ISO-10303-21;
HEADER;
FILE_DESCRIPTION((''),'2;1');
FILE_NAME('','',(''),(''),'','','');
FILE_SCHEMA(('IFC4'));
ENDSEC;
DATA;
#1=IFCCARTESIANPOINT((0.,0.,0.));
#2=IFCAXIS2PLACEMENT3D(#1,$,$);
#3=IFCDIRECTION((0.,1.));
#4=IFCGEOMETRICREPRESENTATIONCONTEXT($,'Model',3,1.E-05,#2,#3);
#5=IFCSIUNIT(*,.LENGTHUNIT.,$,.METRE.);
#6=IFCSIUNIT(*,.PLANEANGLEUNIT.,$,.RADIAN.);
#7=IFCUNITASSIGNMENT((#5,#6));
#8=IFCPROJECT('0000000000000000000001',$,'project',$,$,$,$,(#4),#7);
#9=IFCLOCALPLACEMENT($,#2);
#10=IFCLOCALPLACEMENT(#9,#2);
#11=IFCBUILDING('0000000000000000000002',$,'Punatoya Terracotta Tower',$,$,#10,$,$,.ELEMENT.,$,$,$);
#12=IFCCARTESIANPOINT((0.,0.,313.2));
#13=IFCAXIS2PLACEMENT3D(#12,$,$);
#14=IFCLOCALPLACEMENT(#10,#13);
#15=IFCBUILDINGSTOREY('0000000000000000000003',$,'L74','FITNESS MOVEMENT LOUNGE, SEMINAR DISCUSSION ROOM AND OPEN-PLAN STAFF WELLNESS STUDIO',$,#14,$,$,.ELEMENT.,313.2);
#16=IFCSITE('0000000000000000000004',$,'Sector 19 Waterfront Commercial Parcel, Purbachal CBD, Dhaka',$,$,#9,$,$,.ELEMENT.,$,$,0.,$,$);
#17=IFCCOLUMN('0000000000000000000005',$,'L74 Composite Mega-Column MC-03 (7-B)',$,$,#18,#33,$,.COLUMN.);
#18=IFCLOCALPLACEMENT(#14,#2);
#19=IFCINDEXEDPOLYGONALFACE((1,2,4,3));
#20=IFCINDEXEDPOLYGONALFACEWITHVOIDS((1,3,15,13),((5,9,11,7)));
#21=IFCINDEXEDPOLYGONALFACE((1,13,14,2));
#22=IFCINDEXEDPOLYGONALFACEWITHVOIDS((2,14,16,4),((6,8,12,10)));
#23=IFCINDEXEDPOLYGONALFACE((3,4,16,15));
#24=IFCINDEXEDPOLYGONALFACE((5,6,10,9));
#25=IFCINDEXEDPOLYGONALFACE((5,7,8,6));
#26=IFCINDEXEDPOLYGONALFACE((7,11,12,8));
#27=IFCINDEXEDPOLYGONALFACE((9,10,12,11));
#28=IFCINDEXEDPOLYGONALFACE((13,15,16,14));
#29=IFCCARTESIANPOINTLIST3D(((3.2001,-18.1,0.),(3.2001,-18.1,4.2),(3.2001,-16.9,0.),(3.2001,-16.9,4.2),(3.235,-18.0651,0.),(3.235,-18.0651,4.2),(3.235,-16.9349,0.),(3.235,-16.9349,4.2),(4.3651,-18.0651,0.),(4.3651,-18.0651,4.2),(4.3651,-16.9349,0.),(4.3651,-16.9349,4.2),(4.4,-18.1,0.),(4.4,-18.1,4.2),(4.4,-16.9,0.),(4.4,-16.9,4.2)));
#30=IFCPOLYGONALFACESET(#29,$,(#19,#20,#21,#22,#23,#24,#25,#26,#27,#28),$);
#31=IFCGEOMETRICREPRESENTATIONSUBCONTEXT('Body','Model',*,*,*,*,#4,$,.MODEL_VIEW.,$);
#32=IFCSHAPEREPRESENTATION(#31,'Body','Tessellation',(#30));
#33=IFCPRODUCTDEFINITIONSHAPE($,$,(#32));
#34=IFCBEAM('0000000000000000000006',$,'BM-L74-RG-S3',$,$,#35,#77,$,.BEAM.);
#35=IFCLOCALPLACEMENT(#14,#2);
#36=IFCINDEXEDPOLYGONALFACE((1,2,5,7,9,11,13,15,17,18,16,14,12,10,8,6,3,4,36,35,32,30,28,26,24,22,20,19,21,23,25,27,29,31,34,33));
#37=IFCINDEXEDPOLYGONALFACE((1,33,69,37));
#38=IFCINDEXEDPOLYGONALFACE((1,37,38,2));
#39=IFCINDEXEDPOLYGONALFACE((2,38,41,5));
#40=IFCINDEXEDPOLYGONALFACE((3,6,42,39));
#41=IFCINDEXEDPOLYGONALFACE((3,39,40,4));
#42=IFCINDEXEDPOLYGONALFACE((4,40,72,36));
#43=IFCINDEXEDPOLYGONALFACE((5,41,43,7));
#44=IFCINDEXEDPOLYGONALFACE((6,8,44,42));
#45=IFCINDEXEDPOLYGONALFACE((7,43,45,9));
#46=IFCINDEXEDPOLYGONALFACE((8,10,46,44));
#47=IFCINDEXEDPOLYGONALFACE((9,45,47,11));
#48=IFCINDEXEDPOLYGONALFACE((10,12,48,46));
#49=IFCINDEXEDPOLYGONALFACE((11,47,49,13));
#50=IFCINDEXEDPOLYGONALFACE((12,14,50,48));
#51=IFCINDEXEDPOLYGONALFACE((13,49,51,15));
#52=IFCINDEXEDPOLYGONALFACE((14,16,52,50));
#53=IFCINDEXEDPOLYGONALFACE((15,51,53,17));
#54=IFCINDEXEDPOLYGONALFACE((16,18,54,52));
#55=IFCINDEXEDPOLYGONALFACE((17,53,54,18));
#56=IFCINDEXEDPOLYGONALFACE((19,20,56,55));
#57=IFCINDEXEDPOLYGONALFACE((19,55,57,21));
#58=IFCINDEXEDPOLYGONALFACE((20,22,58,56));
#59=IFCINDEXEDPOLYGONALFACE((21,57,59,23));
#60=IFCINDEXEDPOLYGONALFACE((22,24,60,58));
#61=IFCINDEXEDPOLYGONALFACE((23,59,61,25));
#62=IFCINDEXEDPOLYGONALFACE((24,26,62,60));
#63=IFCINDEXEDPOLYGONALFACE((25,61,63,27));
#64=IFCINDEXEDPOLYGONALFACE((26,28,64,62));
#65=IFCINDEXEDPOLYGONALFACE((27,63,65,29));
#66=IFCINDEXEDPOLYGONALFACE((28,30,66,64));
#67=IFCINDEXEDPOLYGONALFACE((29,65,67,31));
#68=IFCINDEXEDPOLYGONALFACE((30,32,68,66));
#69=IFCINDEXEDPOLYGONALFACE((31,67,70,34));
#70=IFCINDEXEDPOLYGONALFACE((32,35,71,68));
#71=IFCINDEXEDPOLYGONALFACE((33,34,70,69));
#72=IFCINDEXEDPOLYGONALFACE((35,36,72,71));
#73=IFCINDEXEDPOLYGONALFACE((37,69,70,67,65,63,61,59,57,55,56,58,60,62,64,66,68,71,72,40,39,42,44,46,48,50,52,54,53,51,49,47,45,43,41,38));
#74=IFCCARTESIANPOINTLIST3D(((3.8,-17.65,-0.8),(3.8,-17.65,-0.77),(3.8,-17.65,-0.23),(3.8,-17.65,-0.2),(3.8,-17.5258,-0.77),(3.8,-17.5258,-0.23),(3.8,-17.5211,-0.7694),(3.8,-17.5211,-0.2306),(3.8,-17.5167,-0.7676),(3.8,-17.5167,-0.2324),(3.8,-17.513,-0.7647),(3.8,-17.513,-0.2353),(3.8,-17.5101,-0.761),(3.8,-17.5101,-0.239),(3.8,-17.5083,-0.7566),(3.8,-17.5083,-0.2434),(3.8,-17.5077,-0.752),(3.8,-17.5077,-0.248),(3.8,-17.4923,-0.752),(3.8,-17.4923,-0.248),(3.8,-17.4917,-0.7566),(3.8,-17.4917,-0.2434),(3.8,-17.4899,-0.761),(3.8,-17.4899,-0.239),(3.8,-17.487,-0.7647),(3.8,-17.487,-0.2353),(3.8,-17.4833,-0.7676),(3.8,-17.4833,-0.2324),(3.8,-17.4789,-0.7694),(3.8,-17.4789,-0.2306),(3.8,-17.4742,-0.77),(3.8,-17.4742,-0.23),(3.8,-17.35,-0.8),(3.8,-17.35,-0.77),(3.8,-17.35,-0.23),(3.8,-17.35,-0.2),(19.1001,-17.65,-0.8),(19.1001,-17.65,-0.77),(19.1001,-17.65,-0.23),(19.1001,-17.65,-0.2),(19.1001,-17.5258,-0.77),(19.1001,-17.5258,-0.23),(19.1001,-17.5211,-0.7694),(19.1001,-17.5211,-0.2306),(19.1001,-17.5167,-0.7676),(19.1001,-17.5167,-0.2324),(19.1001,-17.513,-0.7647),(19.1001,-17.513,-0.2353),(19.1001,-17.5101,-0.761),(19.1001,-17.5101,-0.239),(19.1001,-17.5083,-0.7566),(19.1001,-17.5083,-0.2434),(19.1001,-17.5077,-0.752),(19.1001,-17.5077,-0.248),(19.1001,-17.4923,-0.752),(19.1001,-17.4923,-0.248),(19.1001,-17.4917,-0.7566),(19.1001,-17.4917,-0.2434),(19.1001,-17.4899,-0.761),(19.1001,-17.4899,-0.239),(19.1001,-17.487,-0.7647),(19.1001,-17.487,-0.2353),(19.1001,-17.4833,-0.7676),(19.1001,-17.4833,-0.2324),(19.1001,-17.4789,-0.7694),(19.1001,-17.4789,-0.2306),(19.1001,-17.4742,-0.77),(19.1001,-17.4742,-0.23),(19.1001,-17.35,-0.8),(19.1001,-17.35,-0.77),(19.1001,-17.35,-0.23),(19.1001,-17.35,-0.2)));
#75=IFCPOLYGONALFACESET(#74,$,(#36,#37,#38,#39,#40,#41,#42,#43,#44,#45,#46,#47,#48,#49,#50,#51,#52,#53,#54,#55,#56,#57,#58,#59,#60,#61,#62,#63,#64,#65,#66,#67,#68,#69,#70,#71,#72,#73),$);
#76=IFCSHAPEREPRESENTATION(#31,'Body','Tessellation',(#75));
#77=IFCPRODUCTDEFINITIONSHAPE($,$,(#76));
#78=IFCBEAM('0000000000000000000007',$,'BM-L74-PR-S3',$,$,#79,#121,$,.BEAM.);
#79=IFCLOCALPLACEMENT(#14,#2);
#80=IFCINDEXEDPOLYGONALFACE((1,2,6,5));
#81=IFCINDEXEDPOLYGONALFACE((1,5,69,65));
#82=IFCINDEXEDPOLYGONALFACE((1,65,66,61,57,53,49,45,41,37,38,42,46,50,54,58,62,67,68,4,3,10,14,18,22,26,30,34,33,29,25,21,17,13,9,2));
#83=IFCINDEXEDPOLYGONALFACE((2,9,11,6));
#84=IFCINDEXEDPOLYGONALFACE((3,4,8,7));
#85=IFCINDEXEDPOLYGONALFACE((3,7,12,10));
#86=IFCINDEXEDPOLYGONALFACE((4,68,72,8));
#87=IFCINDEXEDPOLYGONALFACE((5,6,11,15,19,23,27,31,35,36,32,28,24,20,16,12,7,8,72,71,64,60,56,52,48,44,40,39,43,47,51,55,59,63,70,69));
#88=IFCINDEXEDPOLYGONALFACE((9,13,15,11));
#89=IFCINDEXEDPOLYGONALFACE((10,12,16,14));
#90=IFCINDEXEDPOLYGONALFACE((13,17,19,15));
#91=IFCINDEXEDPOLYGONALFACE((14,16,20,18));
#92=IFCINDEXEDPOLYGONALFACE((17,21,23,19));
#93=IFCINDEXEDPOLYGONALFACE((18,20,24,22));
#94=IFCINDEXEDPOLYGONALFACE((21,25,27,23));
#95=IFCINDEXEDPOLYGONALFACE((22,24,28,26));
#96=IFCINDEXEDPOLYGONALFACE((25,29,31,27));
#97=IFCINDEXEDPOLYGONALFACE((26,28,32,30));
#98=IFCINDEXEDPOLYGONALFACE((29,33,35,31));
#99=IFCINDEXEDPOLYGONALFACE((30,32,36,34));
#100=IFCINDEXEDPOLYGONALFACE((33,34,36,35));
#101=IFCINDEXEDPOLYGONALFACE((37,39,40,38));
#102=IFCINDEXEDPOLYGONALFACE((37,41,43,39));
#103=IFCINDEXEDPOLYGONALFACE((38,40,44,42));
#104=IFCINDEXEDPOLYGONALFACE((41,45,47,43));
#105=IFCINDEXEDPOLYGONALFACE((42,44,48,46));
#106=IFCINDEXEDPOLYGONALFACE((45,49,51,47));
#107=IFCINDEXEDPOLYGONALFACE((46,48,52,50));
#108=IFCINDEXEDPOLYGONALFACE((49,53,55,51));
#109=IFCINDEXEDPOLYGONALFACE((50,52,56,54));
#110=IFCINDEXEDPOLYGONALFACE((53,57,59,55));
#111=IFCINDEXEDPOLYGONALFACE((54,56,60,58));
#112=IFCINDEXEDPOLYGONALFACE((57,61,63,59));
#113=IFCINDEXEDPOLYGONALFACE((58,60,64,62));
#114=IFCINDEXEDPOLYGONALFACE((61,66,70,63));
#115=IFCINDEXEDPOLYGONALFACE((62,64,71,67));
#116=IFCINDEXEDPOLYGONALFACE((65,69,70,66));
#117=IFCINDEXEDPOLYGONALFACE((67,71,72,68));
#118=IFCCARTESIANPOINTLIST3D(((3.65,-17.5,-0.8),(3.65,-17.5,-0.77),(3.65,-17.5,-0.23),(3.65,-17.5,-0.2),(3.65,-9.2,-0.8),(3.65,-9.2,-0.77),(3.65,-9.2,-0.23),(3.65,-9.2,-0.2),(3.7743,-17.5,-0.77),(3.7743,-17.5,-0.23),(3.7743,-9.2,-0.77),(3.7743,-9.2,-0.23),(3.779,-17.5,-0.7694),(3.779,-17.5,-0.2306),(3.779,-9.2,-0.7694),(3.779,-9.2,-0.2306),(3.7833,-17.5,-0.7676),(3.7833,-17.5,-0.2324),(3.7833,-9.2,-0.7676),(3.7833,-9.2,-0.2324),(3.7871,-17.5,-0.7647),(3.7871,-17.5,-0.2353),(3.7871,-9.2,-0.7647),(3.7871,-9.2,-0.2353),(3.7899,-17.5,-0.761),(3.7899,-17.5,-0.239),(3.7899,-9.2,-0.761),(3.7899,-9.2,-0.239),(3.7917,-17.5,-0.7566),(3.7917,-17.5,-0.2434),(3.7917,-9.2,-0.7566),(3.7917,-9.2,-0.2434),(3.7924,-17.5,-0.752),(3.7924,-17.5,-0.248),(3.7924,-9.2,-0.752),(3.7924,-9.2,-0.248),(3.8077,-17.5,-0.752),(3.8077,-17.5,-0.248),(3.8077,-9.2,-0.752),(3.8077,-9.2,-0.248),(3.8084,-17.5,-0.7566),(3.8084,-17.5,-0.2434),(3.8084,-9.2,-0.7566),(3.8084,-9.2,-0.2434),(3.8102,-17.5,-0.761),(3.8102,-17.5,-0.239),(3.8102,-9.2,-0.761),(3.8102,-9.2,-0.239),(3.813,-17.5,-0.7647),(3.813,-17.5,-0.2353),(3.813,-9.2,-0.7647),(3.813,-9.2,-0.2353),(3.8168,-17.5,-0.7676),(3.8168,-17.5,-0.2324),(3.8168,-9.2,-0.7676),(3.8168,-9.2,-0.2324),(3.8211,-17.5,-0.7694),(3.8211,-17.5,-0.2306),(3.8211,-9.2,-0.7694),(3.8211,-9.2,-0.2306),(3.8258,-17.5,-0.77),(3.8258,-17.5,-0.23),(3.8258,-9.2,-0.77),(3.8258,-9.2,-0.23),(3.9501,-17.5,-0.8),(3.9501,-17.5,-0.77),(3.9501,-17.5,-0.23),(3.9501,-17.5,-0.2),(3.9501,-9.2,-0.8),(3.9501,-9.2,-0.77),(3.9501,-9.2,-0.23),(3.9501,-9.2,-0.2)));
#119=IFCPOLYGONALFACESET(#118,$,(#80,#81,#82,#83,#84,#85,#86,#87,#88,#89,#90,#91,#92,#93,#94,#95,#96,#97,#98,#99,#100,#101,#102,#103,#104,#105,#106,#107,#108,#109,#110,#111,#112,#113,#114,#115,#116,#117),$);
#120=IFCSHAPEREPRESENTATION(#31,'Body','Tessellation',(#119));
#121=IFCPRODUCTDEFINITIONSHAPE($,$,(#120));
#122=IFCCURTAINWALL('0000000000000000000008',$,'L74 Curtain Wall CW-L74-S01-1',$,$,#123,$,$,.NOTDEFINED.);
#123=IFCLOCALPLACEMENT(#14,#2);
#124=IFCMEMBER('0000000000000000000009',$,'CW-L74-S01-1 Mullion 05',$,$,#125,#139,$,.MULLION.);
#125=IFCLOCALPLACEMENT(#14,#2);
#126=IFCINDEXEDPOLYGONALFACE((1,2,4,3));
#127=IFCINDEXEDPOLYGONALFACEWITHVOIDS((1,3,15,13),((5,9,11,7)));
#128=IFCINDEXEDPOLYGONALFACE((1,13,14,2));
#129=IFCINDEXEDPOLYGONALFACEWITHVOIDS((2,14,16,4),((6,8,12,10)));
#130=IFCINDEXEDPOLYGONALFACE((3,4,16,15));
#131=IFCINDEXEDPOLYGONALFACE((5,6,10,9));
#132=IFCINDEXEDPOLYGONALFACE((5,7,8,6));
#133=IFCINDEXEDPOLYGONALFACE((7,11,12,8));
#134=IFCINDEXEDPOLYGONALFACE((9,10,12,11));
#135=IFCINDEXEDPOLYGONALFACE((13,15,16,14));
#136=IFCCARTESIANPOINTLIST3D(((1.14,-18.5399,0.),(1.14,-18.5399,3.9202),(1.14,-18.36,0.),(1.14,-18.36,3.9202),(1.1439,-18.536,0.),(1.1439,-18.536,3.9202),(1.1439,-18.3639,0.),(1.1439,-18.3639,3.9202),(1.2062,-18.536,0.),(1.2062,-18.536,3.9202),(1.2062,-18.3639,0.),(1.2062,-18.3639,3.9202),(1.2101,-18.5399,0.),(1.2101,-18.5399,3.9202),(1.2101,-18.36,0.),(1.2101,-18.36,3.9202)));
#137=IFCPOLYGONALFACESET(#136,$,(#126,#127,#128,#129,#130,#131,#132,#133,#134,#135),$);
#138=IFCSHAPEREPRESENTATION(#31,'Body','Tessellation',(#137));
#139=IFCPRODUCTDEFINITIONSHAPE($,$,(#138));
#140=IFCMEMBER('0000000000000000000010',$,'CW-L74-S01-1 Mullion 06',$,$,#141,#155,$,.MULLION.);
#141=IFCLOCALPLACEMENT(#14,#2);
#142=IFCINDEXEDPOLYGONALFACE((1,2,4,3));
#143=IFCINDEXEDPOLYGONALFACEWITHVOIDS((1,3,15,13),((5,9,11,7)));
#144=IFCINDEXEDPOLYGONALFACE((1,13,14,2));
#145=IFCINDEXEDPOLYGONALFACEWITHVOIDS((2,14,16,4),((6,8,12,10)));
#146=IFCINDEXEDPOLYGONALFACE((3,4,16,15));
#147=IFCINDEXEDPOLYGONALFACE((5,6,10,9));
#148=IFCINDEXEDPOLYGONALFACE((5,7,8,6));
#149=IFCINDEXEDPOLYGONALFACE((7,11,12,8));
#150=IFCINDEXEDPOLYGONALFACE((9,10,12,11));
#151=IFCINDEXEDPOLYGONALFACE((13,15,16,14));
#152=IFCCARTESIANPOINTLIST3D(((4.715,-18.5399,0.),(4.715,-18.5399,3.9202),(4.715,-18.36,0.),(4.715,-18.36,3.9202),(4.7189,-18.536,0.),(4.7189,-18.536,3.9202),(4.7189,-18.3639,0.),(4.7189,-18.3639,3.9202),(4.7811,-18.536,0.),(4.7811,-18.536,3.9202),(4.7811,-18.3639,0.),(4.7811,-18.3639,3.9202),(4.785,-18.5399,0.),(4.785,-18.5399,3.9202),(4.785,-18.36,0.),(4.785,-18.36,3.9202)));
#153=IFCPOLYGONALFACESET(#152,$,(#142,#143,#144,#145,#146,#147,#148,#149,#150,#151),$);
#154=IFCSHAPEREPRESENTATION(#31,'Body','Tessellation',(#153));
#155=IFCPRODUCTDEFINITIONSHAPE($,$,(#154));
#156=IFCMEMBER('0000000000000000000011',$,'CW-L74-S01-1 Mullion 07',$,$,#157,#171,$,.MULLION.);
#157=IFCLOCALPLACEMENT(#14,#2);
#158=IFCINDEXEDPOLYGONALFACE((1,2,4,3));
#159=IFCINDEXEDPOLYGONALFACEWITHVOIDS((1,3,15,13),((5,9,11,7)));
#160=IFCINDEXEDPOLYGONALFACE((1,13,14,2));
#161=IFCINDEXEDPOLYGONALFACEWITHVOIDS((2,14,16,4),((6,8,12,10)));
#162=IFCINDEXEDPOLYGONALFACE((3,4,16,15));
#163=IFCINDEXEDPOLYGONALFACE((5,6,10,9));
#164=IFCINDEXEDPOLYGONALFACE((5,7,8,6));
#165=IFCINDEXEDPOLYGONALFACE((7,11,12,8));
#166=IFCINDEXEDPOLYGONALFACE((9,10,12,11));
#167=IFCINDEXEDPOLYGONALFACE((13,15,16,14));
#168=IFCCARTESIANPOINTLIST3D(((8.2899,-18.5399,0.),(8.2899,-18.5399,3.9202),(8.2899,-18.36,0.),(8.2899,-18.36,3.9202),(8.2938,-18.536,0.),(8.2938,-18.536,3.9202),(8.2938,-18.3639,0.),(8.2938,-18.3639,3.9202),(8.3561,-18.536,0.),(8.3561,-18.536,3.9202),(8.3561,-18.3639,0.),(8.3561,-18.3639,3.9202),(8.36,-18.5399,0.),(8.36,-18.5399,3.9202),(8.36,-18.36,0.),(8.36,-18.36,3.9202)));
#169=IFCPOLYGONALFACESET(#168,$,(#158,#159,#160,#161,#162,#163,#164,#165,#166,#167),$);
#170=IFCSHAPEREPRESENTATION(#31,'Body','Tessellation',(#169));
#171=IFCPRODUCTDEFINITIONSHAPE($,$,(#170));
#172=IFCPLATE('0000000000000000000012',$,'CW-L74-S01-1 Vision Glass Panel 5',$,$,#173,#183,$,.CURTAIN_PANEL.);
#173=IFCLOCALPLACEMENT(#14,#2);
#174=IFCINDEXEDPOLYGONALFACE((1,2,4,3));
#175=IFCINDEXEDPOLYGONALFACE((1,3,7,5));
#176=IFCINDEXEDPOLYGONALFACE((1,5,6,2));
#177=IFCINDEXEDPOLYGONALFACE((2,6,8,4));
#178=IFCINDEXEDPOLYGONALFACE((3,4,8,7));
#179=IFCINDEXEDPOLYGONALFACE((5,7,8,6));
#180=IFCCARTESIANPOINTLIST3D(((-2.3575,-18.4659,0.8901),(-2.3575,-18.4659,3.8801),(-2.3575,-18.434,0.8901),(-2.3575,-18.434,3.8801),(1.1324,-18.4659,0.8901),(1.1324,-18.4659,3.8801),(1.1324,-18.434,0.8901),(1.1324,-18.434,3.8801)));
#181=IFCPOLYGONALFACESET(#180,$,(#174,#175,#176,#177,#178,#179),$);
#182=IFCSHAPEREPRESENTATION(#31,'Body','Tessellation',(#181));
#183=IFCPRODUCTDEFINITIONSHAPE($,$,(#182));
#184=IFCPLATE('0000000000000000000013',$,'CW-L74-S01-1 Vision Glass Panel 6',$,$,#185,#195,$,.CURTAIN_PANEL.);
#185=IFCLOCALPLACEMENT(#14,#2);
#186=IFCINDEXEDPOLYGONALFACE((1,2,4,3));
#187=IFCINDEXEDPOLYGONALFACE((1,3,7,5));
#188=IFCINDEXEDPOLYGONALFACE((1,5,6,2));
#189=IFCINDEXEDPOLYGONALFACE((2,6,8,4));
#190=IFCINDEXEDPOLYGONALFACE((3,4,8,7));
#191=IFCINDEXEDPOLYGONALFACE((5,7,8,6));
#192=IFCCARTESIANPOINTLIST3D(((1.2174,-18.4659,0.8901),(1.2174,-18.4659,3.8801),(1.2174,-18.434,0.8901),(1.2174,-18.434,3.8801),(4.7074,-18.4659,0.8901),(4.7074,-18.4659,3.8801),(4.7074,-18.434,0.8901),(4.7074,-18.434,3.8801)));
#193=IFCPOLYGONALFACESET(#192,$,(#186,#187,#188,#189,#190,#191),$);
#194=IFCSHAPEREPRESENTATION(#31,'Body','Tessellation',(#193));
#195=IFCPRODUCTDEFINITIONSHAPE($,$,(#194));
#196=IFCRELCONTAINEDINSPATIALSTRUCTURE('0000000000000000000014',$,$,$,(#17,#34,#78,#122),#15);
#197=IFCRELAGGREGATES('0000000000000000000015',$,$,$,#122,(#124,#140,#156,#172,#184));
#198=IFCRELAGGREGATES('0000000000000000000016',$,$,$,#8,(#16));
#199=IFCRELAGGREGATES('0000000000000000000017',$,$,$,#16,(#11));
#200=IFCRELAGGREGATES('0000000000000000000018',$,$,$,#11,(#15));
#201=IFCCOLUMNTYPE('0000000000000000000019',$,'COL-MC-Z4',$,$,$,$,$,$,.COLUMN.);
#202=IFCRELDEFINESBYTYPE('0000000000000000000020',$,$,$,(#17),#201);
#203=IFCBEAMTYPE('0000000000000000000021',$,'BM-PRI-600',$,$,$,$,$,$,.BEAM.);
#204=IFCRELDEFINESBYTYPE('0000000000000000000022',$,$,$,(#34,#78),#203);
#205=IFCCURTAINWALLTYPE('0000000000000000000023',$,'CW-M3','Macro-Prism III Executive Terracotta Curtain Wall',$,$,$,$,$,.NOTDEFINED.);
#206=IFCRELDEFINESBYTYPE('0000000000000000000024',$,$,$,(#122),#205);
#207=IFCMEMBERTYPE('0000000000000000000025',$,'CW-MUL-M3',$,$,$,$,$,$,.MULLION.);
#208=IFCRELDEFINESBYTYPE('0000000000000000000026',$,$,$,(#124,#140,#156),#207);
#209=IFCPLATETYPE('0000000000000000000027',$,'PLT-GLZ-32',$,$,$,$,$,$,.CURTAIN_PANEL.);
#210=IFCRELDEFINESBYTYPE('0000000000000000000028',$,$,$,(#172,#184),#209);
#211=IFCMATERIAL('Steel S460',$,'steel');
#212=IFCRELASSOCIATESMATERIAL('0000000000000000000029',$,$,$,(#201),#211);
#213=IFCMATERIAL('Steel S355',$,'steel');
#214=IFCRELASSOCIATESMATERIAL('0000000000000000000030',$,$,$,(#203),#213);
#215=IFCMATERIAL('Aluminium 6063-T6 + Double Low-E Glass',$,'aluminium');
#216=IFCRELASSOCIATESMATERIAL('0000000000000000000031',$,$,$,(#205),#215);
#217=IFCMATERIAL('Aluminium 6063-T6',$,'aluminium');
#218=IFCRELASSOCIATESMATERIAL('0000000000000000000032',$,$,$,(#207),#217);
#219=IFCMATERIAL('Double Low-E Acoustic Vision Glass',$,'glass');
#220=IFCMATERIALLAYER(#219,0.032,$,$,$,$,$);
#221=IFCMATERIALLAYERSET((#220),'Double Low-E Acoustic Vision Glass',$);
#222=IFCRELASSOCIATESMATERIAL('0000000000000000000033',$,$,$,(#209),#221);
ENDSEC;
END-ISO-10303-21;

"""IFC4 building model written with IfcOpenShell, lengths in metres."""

from ifc_helpers import new_model, si_unit, direction, frame, origin, origin_2d, place, context, subcontext, project, spatial, rectangle, hollow_rectangle, i_section, extrude, material, layer, layer_set, material_profile, profile_set, type_object, element, aggregate, save


model = new_model("IFC4")

# Units and contexts
model_context = context("Model", 3, precision=1e-05, world=origin(), true_north=direction((0.0, 1.0)))
body_context = subcontext(model_context, "Body", "Model", "MODEL_VIEW")
ifc_project = project(units=[si_unit("LENGTHUNIT", "METRE"), si_unit("PLANEANGLEUNIT", "RADIAN")], contexts=[model_context])

# Site, building, storey
site_placement = place(None, origin())
site = spatial("IfcSite", under=ifc_project, at=site_placement, Name="Sector 19 Waterfront Commercial Parcel, Purbachal CBD, Dhaka", CompositionType="ELEMENT", RefElevation=0.0)
building_placement = place(site_placement, origin())
building = spatial("IfcBuilding", under=site, at=building_placement, Name="Punatoya Terracotta Tower", CompositionType="ELEMENT")
storey_placement = place(building_placement, frame((0.0, 0.0, 313.2)))
storey = spatial("IfcBuildingStorey", under=building, at=storey_placement, Name="L74", Description="FITNESS MOVEMENT LOUNGE, SEMINAR DISCUSSION ROOM AND OPEN-PLAN STAFF WELLNESS STUDIO", CompositionType="ELEMENT", Elevation=313.2)

# Column
ifc_material_1 = material(Name="Steel S460", Category="steel")
ifc_material_profile_1 = material_profile(ifc_material_1, hollow_rectangle(XDim=1.2, YDim=1.2, WallThickness=0.0349, at=origin_2d()))
ifc_profile_set_1 = profile_set([ifc_material_profile_1], Name="Steel S460")
column_type = type_object("IfcColumnType", Name="COL-MC-Z4", PredefinedType="COLUMN", material=ifc_profile_set_1)
column_placement = place(storey_placement, frame((3.8, -17.5, 0.0), z_axis=(0.0, 0.0, 1.0), x_axis=(1.0, 0.0, 0.0)))
element("IfcColumn", 1, at=column_placement, inside=storey, type_object=column_type, Name="L74 Composite Mega-Column MC-03 (7-B)", PredefinedType="COLUMN", context=body_context, shape_type="SweptSolid", body=[
    extrude(hollow_rectangle(XDim=1.2, YDim=1.2, WallThickness=0.0349, at=origin_2d()), origin(), (0.0, 0.0, 1.0), 4.2),
])

# Beams
ifc_material_2 = material(Name="Steel S355", Category="steel")
ifc_material_profile_2 = material_profile(ifc_material_2, i_section(OverallWidth=0.3, OverallDepth=0.6001, WebThickness=0.0154, FlangeThickness=0.03, FilletRadius=0.0181, at=origin_2d()))
ifc_profile_set_2 = profile_set([ifc_material_profile_2], Name="Steel S355")
beam_type = type_object("IfcBeamType", Name="BM-PRI-600", PredefinedType="BEAM", material=ifc_profile_set_2)
beam_1_placement = place(storey_placement, frame((3.8, -17.5, -0.5), z_axis=(1.0, 0.0, 0.0), x_axis=(0.0, 1.0, 0.0)))
element("IfcBeam", 2, at=beam_1_placement, inside=storey, type_object=beam_type, Name="BM-L74-RG-S3", PredefinedType="BEAM", context=body_context, shape_type="SweptSolid", body=[
    extrude(i_section(OverallWidth=0.3, OverallDepth=0.6001, WebThickness=0.0154, FlangeThickness=0.03, FilletRadius=0.0181, at=origin_2d()), origin(), (0.0, 0.0, 1.0), 15.3),
])
beam_2_placement = place(storey_placement, frame((3.8, -17.5, -0.5), z_axis=(0.0, 1.0, 0.0), x_axis=(-1.0, 0.0, 0.0)))
element("IfcBeam", 3, at=beam_2_placement, inside=storey, type_object=beam_type, Name="BM-L74-PR-S3", PredefinedType="BEAM", context=body_context, shape_type="SweptSolid", body=[
    extrude(i_section(OverallWidth=0.3, OverallDepth=0.6001, WebThickness=0.0154, FlangeThickness=0.03, FilletRadius=0.0181, at=origin_2d()), origin(), (0.0, 0.0, 1.0), 8.3),
])

# Curtain wall, members, plates
ifc_material_3 = material(Name="Aluminium 6063-T6 + Double Low-E Glass", Category="aluminium")
curtain_wall_type = type_object("IfcCurtainWallType", Name="CW-M3", Description="Macro-Prism III Executive Terracotta Curtain Wall", PredefinedType="NOTDEFINED", material=ifc_material_3)
curtain_wall_placement = place(storey_placement, origin())
curtain_wall = element("IfcCurtainWall", 4, at=curtain_wall_placement, inside=storey, type_object=curtain_wall_type, Name="L74 Curtain Wall CW-L74-S01-1", PredefinedType="NOTDEFINED")
ifc_material_4 = material(Name="Aluminium 6063-T6", Category="aluminium")
ifc_material_profile_3 = material_profile(ifc_material_4, hollow_rectangle(XDim=0.0701, YDim=0.1799, WallThickness=0.0039, at=origin_2d()))
ifc_profile_set_3 = profile_set([ifc_material_profile_3], Name="Aluminium 6063-T6")
member_type = type_object("IfcMemberType", Name="CW-MUL-M3", PredefinedType="MULLION", material=ifc_profile_set_3)
member_1_placement = place(storey_placement, frame((1.175, -18.45, 0.0), z_axis=(0.0, 0.0, 1.0), x_axis=(1.0, 0.0, 0.0)))
member_1 = element("IfcMember", 5, at=member_1_placement, type_object=member_type, Name="CW-L74-S01-1 Mullion 05", PredefinedType="MULLION", context=body_context, shape_type="SweptSolid", body=[
    extrude(hollow_rectangle(XDim=0.0701, YDim=0.1799, WallThickness=0.0039, at=origin_2d()), origin(), (0.0, 0.0, 1.0), 3.9202),
])
member_2_placement = place(storey_placement, frame((4.75, -18.45, 0.0), z_axis=(0.0, 0.0, 1.0), x_axis=(1.0, 0.0, 0.0)))
member_2 = element("IfcMember", 6, at=member_2_placement, type_object=member_type, Name="CW-L74-S01-1 Mullion 06", PredefinedType="MULLION", context=body_context, shape_type="SweptSolid", body=[
    extrude(hollow_rectangle(XDim=0.0701, YDim=0.1799, WallThickness=0.0039, at=origin_2d()), origin(), (0.0, 0.0, 1.0), 3.9202),
])
member_3_placement = place(storey_placement, frame((8.325, -18.45, 0.0), z_axis=(0.0, 0.0, 1.0), x_axis=(1.0, 0.0, 0.0)))
member_3 = element("IfcMember", 7, at=member_3_placement, type_object=member_type, Name="CW-L74-S01-1 Mullion 07", PredefinedType="MULLION", context=body_context, shape_type="SweptSolid", body=[
    extrude(hollow_rectangle(XDim=0.0701, YDim=0.1799, WallThickness=0.0039, at=origin_2d()), origin(), (0.0, 0.0, 1.0), 3.9202),
])
ifc_material_5 = material(Name="Double Low-E Acoustic Vision Glass", Category="glass")
ifc_layer_1 = layer(ifc_material_5, 0.032)
ifc_layer_set_1 = layer_set([ifc_layer_1], Name="Double Low-E Acoustic Vision Glass")
plate_type_1 = type_object("IfcPlateType", Name="PLT-GLZ-32", PredefinedType="CURTAIN_PANEL", material=ifc_layer_set_1)
plate_1_placement = place(storey_placement, frame((-0.6125, -18.45, 0.8901), z_axis=(0.0, 0.0, 1.0), x_axis=(1.0, 0.0, 0.0)))
plate_1 = element("IfcPlate", 8, at=plate_1_placement, type_object=plate_type_1, Name="CW-L74-S01-1 Vision Glass Panel 5", PredefinedType="CURTAIN_PANEL", context=body_context, shape_type="SweptSolid", body=[
    extrude(rectangle(XDim=3.49, YDim=0.032, at=origin_2d()), origin(), (0.0, 0.0, 1.0), 2.99),
])
plate_2_placement = place(storey_placement, frame((2.9624, -18.45, 0.8901), z_axis=(0.0, 0.0, 1.0), x_axis=(1.0, 0.0, 0.0)))
plate_2 = element("IfcPlate", 9, at=plate_2_placement, type_object=plate_type_1, Name="CW-L74-S01-1 Vision Glass Panel 6", PredefinedType="CURTAIN_PANEL", context=body_context, shape_type="SweptSolid", body=[
    extrude(rectangle(XDim=3.49, YDim=0.032, at=origin_2d()), origin(), (0.0, 0.0, 1.0), 2.99),
])
aggregate(curtain_wall, [member_1, member_2, member_3, plate_1, plate_2])

save(model, "model.ifc")
